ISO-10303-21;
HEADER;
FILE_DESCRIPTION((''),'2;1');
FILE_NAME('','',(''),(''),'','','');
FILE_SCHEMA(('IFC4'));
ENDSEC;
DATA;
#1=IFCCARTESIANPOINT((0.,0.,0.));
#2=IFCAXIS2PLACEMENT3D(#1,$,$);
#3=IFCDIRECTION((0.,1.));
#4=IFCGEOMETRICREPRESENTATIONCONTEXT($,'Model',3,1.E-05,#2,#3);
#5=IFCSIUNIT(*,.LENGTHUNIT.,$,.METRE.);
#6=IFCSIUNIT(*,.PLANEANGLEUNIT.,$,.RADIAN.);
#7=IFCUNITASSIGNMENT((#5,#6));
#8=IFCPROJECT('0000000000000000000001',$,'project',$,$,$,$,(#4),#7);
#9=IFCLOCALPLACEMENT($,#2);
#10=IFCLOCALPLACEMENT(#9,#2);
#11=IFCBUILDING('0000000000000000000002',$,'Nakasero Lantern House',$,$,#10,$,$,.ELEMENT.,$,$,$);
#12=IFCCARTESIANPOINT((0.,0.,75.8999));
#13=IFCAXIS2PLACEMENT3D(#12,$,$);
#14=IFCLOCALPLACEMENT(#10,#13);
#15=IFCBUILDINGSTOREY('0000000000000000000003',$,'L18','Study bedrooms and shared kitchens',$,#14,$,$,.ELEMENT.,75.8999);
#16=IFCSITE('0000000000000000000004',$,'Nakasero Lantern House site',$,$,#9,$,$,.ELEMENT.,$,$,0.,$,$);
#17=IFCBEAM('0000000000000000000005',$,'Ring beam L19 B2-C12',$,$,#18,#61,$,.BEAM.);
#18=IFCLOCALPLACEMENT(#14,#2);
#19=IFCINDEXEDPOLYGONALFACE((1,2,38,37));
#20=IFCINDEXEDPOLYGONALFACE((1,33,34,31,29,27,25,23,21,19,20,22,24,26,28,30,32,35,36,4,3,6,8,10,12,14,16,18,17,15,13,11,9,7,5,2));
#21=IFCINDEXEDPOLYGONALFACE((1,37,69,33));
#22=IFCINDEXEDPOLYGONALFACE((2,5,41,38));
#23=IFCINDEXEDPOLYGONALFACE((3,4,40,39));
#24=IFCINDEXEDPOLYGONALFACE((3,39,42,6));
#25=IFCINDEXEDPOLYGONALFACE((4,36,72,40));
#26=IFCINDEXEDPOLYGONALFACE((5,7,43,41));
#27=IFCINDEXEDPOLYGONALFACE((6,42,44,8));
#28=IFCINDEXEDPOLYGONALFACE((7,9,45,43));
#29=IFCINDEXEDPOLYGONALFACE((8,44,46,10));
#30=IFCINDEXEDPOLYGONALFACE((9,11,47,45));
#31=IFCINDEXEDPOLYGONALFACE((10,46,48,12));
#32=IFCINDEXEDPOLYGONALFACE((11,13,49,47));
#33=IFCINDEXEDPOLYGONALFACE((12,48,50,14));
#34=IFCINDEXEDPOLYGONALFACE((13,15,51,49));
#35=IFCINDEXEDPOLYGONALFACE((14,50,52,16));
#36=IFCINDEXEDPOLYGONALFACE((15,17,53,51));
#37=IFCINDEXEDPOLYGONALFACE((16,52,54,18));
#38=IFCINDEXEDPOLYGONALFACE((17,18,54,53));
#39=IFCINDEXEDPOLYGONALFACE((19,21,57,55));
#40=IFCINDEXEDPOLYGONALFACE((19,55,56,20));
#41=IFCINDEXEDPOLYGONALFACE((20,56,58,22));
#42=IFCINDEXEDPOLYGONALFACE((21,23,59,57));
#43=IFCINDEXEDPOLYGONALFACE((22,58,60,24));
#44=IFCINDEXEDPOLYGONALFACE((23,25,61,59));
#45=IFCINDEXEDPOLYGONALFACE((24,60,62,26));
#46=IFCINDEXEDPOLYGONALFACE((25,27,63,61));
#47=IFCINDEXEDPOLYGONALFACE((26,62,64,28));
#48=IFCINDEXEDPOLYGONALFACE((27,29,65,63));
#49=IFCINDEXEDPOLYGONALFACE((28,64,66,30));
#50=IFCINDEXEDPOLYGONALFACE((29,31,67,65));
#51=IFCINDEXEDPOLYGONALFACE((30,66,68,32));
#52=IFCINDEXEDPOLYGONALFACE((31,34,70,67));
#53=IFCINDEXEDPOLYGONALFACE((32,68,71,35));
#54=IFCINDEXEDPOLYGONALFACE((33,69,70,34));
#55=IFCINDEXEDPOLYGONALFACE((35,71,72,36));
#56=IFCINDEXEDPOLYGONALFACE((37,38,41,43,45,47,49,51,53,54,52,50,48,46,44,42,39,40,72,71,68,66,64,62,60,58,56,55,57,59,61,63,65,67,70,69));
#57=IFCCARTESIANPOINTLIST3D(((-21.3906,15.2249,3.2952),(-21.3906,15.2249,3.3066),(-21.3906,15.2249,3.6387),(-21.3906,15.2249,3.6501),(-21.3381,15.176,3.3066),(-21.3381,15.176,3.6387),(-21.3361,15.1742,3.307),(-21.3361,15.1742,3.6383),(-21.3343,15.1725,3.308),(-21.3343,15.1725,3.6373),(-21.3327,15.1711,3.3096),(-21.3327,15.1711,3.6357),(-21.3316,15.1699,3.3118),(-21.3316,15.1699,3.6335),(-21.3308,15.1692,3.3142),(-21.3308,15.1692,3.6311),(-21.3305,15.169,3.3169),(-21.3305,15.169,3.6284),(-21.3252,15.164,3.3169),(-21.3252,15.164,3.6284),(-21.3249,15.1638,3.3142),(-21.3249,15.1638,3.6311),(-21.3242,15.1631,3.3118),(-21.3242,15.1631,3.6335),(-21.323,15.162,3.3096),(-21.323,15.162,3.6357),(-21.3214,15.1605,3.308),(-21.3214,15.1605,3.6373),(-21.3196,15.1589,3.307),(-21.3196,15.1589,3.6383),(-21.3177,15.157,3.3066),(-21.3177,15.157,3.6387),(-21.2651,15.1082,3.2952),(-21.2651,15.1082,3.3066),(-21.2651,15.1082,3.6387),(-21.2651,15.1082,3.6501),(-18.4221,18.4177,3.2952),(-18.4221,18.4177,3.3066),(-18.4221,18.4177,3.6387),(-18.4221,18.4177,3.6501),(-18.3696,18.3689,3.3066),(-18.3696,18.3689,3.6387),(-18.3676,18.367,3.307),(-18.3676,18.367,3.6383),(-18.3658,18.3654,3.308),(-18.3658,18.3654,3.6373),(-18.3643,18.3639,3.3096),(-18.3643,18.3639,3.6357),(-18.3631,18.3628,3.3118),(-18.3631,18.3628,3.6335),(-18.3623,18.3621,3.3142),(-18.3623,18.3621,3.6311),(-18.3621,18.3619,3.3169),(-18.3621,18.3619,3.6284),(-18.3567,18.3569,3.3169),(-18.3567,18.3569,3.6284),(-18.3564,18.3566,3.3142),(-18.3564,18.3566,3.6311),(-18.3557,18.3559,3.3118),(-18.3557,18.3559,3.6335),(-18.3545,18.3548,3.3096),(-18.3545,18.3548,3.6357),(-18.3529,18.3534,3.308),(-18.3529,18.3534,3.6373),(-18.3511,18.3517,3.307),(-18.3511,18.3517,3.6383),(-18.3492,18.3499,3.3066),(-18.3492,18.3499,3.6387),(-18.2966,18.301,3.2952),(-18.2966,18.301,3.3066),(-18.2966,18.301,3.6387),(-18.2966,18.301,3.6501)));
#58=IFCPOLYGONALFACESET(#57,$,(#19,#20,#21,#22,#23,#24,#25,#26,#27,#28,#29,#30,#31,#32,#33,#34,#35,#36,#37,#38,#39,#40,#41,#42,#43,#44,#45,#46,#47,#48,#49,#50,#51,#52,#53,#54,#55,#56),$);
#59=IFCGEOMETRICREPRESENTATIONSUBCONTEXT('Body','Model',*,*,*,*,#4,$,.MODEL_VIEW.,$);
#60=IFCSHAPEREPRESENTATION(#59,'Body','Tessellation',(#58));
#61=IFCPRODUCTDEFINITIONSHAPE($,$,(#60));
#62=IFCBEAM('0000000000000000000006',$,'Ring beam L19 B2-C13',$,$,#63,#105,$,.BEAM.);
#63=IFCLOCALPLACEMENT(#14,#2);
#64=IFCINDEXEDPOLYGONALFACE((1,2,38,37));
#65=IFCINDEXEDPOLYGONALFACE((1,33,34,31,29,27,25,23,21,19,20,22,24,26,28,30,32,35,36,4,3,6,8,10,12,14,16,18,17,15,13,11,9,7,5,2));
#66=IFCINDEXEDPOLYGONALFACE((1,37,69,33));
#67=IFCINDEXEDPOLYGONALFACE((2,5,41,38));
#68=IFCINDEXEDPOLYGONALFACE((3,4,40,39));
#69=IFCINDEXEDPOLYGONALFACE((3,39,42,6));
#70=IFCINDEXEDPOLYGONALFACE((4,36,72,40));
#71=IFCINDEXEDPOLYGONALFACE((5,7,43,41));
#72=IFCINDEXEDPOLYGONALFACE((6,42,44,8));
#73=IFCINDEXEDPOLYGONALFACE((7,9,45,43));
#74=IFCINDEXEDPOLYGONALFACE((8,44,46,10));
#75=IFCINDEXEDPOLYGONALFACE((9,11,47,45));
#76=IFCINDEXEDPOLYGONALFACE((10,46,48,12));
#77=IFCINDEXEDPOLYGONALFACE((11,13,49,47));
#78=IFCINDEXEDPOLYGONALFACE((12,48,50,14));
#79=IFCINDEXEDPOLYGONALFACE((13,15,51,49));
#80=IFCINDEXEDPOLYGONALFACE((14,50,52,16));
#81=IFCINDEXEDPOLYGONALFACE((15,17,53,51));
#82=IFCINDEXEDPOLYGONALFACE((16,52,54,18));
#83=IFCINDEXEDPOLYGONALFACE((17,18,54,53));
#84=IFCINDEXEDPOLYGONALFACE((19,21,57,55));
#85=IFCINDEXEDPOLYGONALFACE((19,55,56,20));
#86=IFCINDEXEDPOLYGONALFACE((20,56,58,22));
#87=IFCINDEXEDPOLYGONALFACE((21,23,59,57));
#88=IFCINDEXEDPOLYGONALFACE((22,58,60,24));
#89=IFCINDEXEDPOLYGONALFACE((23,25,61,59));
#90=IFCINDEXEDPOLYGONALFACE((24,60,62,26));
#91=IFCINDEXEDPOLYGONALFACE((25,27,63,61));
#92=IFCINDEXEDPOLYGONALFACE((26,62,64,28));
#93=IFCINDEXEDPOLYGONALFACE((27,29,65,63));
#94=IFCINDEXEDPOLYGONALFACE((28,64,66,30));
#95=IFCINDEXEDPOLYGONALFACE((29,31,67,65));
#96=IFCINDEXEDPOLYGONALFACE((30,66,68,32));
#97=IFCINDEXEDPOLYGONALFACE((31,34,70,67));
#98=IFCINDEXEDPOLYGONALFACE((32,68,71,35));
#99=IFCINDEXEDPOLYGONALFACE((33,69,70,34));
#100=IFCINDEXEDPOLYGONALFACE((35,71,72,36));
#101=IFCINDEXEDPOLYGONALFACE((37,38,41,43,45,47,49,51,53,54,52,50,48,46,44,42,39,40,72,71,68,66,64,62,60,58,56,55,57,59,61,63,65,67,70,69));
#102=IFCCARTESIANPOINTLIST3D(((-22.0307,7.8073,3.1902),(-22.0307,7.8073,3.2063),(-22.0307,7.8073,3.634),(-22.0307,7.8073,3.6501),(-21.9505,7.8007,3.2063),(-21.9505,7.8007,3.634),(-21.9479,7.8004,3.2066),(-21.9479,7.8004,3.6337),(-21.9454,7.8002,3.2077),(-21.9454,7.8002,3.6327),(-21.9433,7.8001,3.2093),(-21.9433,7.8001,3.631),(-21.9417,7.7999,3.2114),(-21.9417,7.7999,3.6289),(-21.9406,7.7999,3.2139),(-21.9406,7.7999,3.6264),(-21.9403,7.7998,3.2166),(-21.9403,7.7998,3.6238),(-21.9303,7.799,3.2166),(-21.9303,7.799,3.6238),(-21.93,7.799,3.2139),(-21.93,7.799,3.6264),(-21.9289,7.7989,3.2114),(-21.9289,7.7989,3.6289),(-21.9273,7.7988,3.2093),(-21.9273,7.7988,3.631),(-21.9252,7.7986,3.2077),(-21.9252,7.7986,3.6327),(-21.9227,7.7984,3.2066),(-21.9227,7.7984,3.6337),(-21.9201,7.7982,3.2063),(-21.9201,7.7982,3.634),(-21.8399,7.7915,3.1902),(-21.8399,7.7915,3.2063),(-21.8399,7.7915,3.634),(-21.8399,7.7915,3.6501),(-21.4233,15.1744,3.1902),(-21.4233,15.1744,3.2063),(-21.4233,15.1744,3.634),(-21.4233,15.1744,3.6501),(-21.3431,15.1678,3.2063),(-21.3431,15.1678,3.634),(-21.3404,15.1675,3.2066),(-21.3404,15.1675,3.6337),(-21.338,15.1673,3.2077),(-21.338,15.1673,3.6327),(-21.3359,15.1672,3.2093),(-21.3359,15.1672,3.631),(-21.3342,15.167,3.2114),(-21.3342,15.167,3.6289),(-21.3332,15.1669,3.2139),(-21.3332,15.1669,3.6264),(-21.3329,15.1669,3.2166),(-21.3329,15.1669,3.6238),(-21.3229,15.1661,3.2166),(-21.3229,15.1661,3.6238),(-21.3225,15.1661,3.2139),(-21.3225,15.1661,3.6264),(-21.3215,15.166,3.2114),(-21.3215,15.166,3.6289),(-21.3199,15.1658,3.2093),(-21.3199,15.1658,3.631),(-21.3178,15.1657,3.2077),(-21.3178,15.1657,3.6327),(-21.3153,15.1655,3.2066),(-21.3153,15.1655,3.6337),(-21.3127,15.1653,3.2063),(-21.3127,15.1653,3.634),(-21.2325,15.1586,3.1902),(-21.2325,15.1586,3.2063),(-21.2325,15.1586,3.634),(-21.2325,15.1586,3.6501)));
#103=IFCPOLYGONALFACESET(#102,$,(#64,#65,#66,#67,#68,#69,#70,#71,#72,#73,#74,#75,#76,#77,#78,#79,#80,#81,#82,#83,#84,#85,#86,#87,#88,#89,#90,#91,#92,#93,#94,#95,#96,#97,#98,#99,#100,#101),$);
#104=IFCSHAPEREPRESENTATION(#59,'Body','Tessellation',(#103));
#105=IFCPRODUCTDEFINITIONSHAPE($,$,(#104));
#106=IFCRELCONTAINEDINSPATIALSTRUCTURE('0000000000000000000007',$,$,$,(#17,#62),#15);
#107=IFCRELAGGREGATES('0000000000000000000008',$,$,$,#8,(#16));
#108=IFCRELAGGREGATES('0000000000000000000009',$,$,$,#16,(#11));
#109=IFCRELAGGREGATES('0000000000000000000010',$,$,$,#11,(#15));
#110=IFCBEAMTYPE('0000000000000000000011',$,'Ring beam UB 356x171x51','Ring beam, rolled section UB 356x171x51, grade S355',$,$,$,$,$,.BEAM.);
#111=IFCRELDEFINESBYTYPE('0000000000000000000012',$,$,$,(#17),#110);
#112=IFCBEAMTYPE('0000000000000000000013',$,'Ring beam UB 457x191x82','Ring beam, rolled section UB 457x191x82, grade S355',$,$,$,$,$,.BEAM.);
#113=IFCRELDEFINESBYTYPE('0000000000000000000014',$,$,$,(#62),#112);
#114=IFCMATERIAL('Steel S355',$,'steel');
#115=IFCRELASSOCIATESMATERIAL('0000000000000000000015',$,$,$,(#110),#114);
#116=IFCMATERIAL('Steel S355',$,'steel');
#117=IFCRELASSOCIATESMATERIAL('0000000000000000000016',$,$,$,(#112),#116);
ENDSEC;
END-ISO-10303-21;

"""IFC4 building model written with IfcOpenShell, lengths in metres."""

from ifc_helpers import new_model, si_unit, direction, frame, origin, origin_2d, place, context, subcontext, project, spatial, i_section, extrude, material, material_profile, profile_set, type_object, element, save


model = new_model("IFC4")

# Units and contexts
model_context = context("Model", 3, precision=1e-05, world=origin(), true_north=direction((0.0, 1.0)))
body_context = subcontext(model_context, "Body", "Model", "MODEL_VIEW")
ifc_project = project(units=[si_unit("LENGTHUNIT", "METRE"), si_unit("PLANEANGLEUNIT", "RADIAN")], contexts=[model_context])

# Site, building, storey
site_placement = place(None, origin())
site = spatial("IfcSite", under=ifc_project, at=site_placement, Name="Nakasero Lantern House site", CompositionType="ELEMENT", RefElevation=0.0)
building_placement = place(site_placement, origin())
building = spatial("IfcBuilding", under=site, at=building_placement, Name="Nakasero Lantern House", CompositionType="ELEMENT")
storey_placement = place(building_placement, frame((0.0, 0.0, 75.8999)))
storey = spatial("IfcBuildingStorey", under=building, at=storey_placement, Name="L18", Description="Study bedrooms and shared kitchens", CompositionType="ELEMENT", Elevation=75.8999)

# Beams
ifc_material_1 = material(Name="Steel S355", Category="steel")
ifc_material_profile_1 = material_profile(ifc_material_1, i_section(OverallWidth=0.1714, OverallDepth=0.355, WebThickness=0.0073, FlangeThickness=0.0115, FilletRadius=0.0103, at=origin_2d()), Name="UB 356x171x51")
ifc_profile_set_1 = profile_set([ifc_material_profile_1], Name="Steel S355")
beam_type_1 = type_object("IfcBeamType", Name="Ring beam UB 356x171x51", Description="Ring beam, rolled section UB 356x171x51, grade S355", PredefinedType="BEAM", material=ifc_profile_set_1)
beam_1_placement = place(storey_placement, frame((-18.3594, 18.3594, 3.4727), z_axis=(-0.680906, -0.732371, 0.0), x_axis=(0.732371, -0.680906, 0.0)))
element("IfcBeam", 1, at=beam_1_placement, inside=storey, type_object=beam_type_1, Name="Ring beam L19 B2-C12", PredefinedType="BEAM", context=body_context, shape_type="SweptSolid", body=[
    extrude(i_section(OverallWidth=0.1714, OverallDepth=0.355, WebThickness=0.0073, FlangeThickness=0.0115, FilletRadius=0.0103, at=origin_2d()), origin(), (0.0, 0.0, 1.0), 4.3596),
])
ifc_material_2 = material(Name="Steel S355", Category="steel")
ifc_material_profile_2 = material_profile(ifc_material_2, i_section(OverallWidth=0.1914, OverallDepth=0.46, WebThickness=0.01, FlangeThickness=0.0161, FilletRadius=0.0103, at=origin_2d()), Name="UB 457x191x82")
ifc_profile_set_2 = profile_set([ifc_material_profile_2], Name="Steel S355")
beam_type_2 = type_object("IfcBeamType", Name="Ring beam UB 457x191x82", Description="Ring beam, rolled section UB 457x191x82, grade S355", PredefinedType="BEAM", material=ifc_profile_set_2)
beam_2_placement = place(storey_placement, frame((-21.3279, 15.1665, 3.4202), z_axis=(-0.082171, -0.996618, 0.0), x_axis=(0.996618, -0.082171, 0.0)))
element("IfcBeam", 2, at=beam_2_placement, inside=storey, type_object=beam_type_2, Name="Ring beam L19 B2-C13", PredefinedType="BEAM", context=body_context, shape_type="SweptSolid", body=[
    extrude(i_section(OverallWidth=0.1914, OverallDepth=0.46, WebThickness=0.01, FlangeThickness=0.0161, FilletRadius=0.0103, at=origin_2d()), origin(), (0.0, 0.0, 1.0), 7.3921),
])

save(model, "model.ifc")
